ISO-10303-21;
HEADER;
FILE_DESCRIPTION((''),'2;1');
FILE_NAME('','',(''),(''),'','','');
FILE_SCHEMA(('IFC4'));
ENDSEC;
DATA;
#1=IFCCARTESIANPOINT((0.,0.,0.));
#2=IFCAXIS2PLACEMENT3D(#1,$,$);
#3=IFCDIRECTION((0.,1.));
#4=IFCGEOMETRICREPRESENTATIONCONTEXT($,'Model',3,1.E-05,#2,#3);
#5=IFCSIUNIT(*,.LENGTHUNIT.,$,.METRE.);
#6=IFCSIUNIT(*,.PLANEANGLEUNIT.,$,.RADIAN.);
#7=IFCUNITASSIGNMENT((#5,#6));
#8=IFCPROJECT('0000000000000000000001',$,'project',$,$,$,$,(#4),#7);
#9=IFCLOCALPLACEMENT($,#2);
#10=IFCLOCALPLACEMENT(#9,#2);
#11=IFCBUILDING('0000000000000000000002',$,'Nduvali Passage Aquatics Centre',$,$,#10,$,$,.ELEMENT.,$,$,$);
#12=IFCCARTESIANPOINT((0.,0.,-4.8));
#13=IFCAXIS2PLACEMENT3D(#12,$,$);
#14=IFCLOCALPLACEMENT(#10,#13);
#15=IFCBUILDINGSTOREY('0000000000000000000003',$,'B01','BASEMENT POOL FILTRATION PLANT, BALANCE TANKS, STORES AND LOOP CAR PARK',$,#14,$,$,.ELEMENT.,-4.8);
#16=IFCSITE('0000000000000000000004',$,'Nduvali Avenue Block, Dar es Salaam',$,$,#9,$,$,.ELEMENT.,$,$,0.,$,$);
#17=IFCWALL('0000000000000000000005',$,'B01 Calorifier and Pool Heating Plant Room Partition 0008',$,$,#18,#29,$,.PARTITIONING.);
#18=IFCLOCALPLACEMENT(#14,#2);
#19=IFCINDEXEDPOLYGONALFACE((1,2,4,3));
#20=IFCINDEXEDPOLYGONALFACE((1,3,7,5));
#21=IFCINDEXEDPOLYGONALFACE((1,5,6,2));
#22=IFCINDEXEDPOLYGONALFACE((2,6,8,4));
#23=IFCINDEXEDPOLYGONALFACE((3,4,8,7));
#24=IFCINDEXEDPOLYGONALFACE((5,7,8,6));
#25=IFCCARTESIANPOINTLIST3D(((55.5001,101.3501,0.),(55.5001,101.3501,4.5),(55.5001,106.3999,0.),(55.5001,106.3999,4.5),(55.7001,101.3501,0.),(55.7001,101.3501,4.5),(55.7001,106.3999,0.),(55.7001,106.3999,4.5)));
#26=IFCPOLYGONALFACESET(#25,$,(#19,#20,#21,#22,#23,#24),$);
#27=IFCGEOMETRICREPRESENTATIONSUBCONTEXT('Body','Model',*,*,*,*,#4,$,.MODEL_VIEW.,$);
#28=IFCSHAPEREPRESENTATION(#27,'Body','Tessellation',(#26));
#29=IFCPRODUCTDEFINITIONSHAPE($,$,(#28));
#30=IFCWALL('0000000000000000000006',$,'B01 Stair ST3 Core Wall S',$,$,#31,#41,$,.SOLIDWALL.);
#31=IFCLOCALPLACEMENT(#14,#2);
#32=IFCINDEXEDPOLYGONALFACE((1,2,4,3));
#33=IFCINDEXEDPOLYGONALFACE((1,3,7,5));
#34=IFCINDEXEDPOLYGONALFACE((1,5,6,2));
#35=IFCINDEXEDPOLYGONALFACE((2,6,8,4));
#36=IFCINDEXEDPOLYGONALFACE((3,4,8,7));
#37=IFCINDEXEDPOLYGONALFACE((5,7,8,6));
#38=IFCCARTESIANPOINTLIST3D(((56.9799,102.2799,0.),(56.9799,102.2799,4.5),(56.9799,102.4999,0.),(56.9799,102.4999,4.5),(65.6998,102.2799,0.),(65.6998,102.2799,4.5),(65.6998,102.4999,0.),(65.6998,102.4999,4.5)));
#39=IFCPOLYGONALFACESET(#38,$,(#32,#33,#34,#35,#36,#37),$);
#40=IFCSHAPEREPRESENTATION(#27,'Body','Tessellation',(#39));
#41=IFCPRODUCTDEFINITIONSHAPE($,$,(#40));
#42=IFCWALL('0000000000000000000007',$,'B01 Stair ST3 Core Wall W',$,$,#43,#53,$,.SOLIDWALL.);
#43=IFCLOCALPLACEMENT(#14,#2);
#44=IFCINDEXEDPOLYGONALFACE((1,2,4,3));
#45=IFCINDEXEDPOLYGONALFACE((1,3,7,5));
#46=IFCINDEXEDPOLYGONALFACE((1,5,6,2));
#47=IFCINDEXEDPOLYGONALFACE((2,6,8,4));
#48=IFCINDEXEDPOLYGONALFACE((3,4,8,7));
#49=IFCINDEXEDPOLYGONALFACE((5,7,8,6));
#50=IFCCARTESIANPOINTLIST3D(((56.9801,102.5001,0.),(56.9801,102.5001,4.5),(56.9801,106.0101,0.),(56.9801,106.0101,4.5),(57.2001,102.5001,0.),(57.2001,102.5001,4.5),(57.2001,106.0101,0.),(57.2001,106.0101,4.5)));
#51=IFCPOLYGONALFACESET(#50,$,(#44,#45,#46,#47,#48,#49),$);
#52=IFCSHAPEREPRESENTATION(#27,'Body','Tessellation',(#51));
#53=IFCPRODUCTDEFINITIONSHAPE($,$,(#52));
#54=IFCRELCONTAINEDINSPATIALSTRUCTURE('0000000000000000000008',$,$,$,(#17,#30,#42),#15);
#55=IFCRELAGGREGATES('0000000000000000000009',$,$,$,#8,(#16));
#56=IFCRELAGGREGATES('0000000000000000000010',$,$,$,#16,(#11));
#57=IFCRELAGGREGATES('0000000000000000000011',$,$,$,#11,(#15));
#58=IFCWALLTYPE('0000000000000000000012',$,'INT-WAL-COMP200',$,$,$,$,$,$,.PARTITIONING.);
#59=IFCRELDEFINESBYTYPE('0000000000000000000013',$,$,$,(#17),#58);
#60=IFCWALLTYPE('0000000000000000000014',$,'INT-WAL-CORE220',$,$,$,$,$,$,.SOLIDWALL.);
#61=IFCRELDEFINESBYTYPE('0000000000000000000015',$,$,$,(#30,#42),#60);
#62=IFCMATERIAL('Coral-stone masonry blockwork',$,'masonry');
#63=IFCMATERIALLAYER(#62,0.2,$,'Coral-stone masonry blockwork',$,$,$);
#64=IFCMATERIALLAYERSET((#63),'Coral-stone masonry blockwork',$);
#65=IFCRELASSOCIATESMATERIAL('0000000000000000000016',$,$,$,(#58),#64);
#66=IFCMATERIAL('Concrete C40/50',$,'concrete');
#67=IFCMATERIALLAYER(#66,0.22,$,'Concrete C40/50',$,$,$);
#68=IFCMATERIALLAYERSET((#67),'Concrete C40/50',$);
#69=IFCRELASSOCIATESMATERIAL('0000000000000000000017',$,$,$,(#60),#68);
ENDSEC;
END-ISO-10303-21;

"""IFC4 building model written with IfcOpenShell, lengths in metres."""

from ifc_helpers import new_model, si_unit, direction, frame, frame_2d, origin, place, context, subcontext, project, spatial, rectangle, extrude, material, layer, layer_set, type_object, element, save


model = new_model("IFC4")

# Units and contexts
model_context = context("Model", 3, precision=1e-05, world=origin(), true_north=direction((0.0, 1.0)))
body_context = subcontext(model_context, "Body", "Model", "MODEL_VIEW")
ifc_project = project(units=[si_unit("LENGTHUNIT", "METRE"), si_unit("PLANEANGLEUNIT", "RADIAN")], contexts=[model_context])

# Site, building, storey
site_placement = place(None, origin())
site = spatial("IfcSite", under=ifc_project, at=site_placement, Name="Nduvali Avenue Block, Dar es Salaam", CompositionType="ELEMENT", RefElevation=0.0)
building_placement = place(site_placement, origin())
building = spatial("IfcBuilding", under=site, at=building_placement, Name="Nduvali Passage Aquatics Centre", CompositionType="ELEMENT")
storey_placement = place(building_placement, frame((0.0, 0.0, -4.8)))
storey = spatial("IfcBuildingStorey", under=building, at=storey_placement, Name="B01", Description="BASEMENT POOL FILTRATION PLANT, BALANCE TANKS, STORES AND LOOP CAR PARK", CompositionType="ELEMENT", Elevation=-4.8)

# Shared definitions
ifc_material_1 = material(Name="Concrete C40/50", Category="concrete")

# Walls
ifc_material_2 = material(Name="Coral-stone masonry blockwork", Category="masonry")
ifc_layer_1 = layer(ifc_material_2, 0.2, Name="Coral-stone masonry blockwork")
ifc_layer_set_1 = layer_set([ifc_layer_1], Name="Coral-stone masonry blockwork")
wall_type_1 = type_object("IfcWallType", Name="INT-WAL-COMP200", PredefinedType="PARTITIONING", material=ifc_layer_set_1)
wall_1_placement = place(storey_placement, frame((55.6001, 101.3501, 0.0), z_axis=(0.0, 0.0, 1.0), x_axis=(0.0, 1.0, 0.0)))
element("IfcWall", 1, at=wall_1_placement, inside=storey, type_object=wall_type_1, Name="B01 Calorifier and Pool Heating Plant Room Partition 0008", PredefinedType="PARTITIONING", context=body_context, shape_type="SweptSolid", body=[
    extrude(rectangle(XDim=5.0498, YDim=0.2, at=frame_2d((2.5249, 0.0))), origin(), (0.0, 0.0, 1.0), 4.5),
])
ifc_layer_2 = layer(ifc_material_1, 0.22, Name="Concrete C40/50")
ifc_layer_set_2 = layer_set([ifc_layer_2], Name="Concrete C40/50")
wall_type_2 = type_object("IfcWallType", Name="INT-WAL-CORE220", PredefinedType="SOLIDWALL", material=ifc_layer_set_2)
wall_2_placement = place(storey_placement, frame((56.98, 102.3899, 0.0), z_axis=(0.0, 0.0, 1.0), x_axis=(1.0, 0.0, 0.0)))
element("IfcWall", 2, at=wall_2_placement, inside=storey, type_object=wall_type_2, Name="B01 Stair ST3 Core Wall S", PredefinedType="SOLIDWALL", context=body_context, shape_type="SweptSolid", body=[
    extrude(rectangle(XDim=8.72, YDim=0.22, at=frame_2d((4.3599, 0.0))), origin(), (0.0, 0.0, 1.0), 4.5),
])
wall_3_placement = place(storey_placement, frame((57.0901, 106.01, 0.0), z_axis=(0.0, 0.0, 1.0), x_axis=(0.0, -1.0, 0.0)))
element("IfcWall", 3, at=wall_3_placement, inside=storey, type_object=wall_type_2, Name="B01 Stair ST3 Core Wall W", PredefinedType="SOLIDWALL", context=body_context, shape_type="SweptSolid", body=[
    extrude(rectangle(XDim=3.51, YDim=0.22, at=frame_2d((1.7549, 0.0))), origin(), (0.0, 0.0, 1.0), 4.5),
])

save(model, "model.ifc")
